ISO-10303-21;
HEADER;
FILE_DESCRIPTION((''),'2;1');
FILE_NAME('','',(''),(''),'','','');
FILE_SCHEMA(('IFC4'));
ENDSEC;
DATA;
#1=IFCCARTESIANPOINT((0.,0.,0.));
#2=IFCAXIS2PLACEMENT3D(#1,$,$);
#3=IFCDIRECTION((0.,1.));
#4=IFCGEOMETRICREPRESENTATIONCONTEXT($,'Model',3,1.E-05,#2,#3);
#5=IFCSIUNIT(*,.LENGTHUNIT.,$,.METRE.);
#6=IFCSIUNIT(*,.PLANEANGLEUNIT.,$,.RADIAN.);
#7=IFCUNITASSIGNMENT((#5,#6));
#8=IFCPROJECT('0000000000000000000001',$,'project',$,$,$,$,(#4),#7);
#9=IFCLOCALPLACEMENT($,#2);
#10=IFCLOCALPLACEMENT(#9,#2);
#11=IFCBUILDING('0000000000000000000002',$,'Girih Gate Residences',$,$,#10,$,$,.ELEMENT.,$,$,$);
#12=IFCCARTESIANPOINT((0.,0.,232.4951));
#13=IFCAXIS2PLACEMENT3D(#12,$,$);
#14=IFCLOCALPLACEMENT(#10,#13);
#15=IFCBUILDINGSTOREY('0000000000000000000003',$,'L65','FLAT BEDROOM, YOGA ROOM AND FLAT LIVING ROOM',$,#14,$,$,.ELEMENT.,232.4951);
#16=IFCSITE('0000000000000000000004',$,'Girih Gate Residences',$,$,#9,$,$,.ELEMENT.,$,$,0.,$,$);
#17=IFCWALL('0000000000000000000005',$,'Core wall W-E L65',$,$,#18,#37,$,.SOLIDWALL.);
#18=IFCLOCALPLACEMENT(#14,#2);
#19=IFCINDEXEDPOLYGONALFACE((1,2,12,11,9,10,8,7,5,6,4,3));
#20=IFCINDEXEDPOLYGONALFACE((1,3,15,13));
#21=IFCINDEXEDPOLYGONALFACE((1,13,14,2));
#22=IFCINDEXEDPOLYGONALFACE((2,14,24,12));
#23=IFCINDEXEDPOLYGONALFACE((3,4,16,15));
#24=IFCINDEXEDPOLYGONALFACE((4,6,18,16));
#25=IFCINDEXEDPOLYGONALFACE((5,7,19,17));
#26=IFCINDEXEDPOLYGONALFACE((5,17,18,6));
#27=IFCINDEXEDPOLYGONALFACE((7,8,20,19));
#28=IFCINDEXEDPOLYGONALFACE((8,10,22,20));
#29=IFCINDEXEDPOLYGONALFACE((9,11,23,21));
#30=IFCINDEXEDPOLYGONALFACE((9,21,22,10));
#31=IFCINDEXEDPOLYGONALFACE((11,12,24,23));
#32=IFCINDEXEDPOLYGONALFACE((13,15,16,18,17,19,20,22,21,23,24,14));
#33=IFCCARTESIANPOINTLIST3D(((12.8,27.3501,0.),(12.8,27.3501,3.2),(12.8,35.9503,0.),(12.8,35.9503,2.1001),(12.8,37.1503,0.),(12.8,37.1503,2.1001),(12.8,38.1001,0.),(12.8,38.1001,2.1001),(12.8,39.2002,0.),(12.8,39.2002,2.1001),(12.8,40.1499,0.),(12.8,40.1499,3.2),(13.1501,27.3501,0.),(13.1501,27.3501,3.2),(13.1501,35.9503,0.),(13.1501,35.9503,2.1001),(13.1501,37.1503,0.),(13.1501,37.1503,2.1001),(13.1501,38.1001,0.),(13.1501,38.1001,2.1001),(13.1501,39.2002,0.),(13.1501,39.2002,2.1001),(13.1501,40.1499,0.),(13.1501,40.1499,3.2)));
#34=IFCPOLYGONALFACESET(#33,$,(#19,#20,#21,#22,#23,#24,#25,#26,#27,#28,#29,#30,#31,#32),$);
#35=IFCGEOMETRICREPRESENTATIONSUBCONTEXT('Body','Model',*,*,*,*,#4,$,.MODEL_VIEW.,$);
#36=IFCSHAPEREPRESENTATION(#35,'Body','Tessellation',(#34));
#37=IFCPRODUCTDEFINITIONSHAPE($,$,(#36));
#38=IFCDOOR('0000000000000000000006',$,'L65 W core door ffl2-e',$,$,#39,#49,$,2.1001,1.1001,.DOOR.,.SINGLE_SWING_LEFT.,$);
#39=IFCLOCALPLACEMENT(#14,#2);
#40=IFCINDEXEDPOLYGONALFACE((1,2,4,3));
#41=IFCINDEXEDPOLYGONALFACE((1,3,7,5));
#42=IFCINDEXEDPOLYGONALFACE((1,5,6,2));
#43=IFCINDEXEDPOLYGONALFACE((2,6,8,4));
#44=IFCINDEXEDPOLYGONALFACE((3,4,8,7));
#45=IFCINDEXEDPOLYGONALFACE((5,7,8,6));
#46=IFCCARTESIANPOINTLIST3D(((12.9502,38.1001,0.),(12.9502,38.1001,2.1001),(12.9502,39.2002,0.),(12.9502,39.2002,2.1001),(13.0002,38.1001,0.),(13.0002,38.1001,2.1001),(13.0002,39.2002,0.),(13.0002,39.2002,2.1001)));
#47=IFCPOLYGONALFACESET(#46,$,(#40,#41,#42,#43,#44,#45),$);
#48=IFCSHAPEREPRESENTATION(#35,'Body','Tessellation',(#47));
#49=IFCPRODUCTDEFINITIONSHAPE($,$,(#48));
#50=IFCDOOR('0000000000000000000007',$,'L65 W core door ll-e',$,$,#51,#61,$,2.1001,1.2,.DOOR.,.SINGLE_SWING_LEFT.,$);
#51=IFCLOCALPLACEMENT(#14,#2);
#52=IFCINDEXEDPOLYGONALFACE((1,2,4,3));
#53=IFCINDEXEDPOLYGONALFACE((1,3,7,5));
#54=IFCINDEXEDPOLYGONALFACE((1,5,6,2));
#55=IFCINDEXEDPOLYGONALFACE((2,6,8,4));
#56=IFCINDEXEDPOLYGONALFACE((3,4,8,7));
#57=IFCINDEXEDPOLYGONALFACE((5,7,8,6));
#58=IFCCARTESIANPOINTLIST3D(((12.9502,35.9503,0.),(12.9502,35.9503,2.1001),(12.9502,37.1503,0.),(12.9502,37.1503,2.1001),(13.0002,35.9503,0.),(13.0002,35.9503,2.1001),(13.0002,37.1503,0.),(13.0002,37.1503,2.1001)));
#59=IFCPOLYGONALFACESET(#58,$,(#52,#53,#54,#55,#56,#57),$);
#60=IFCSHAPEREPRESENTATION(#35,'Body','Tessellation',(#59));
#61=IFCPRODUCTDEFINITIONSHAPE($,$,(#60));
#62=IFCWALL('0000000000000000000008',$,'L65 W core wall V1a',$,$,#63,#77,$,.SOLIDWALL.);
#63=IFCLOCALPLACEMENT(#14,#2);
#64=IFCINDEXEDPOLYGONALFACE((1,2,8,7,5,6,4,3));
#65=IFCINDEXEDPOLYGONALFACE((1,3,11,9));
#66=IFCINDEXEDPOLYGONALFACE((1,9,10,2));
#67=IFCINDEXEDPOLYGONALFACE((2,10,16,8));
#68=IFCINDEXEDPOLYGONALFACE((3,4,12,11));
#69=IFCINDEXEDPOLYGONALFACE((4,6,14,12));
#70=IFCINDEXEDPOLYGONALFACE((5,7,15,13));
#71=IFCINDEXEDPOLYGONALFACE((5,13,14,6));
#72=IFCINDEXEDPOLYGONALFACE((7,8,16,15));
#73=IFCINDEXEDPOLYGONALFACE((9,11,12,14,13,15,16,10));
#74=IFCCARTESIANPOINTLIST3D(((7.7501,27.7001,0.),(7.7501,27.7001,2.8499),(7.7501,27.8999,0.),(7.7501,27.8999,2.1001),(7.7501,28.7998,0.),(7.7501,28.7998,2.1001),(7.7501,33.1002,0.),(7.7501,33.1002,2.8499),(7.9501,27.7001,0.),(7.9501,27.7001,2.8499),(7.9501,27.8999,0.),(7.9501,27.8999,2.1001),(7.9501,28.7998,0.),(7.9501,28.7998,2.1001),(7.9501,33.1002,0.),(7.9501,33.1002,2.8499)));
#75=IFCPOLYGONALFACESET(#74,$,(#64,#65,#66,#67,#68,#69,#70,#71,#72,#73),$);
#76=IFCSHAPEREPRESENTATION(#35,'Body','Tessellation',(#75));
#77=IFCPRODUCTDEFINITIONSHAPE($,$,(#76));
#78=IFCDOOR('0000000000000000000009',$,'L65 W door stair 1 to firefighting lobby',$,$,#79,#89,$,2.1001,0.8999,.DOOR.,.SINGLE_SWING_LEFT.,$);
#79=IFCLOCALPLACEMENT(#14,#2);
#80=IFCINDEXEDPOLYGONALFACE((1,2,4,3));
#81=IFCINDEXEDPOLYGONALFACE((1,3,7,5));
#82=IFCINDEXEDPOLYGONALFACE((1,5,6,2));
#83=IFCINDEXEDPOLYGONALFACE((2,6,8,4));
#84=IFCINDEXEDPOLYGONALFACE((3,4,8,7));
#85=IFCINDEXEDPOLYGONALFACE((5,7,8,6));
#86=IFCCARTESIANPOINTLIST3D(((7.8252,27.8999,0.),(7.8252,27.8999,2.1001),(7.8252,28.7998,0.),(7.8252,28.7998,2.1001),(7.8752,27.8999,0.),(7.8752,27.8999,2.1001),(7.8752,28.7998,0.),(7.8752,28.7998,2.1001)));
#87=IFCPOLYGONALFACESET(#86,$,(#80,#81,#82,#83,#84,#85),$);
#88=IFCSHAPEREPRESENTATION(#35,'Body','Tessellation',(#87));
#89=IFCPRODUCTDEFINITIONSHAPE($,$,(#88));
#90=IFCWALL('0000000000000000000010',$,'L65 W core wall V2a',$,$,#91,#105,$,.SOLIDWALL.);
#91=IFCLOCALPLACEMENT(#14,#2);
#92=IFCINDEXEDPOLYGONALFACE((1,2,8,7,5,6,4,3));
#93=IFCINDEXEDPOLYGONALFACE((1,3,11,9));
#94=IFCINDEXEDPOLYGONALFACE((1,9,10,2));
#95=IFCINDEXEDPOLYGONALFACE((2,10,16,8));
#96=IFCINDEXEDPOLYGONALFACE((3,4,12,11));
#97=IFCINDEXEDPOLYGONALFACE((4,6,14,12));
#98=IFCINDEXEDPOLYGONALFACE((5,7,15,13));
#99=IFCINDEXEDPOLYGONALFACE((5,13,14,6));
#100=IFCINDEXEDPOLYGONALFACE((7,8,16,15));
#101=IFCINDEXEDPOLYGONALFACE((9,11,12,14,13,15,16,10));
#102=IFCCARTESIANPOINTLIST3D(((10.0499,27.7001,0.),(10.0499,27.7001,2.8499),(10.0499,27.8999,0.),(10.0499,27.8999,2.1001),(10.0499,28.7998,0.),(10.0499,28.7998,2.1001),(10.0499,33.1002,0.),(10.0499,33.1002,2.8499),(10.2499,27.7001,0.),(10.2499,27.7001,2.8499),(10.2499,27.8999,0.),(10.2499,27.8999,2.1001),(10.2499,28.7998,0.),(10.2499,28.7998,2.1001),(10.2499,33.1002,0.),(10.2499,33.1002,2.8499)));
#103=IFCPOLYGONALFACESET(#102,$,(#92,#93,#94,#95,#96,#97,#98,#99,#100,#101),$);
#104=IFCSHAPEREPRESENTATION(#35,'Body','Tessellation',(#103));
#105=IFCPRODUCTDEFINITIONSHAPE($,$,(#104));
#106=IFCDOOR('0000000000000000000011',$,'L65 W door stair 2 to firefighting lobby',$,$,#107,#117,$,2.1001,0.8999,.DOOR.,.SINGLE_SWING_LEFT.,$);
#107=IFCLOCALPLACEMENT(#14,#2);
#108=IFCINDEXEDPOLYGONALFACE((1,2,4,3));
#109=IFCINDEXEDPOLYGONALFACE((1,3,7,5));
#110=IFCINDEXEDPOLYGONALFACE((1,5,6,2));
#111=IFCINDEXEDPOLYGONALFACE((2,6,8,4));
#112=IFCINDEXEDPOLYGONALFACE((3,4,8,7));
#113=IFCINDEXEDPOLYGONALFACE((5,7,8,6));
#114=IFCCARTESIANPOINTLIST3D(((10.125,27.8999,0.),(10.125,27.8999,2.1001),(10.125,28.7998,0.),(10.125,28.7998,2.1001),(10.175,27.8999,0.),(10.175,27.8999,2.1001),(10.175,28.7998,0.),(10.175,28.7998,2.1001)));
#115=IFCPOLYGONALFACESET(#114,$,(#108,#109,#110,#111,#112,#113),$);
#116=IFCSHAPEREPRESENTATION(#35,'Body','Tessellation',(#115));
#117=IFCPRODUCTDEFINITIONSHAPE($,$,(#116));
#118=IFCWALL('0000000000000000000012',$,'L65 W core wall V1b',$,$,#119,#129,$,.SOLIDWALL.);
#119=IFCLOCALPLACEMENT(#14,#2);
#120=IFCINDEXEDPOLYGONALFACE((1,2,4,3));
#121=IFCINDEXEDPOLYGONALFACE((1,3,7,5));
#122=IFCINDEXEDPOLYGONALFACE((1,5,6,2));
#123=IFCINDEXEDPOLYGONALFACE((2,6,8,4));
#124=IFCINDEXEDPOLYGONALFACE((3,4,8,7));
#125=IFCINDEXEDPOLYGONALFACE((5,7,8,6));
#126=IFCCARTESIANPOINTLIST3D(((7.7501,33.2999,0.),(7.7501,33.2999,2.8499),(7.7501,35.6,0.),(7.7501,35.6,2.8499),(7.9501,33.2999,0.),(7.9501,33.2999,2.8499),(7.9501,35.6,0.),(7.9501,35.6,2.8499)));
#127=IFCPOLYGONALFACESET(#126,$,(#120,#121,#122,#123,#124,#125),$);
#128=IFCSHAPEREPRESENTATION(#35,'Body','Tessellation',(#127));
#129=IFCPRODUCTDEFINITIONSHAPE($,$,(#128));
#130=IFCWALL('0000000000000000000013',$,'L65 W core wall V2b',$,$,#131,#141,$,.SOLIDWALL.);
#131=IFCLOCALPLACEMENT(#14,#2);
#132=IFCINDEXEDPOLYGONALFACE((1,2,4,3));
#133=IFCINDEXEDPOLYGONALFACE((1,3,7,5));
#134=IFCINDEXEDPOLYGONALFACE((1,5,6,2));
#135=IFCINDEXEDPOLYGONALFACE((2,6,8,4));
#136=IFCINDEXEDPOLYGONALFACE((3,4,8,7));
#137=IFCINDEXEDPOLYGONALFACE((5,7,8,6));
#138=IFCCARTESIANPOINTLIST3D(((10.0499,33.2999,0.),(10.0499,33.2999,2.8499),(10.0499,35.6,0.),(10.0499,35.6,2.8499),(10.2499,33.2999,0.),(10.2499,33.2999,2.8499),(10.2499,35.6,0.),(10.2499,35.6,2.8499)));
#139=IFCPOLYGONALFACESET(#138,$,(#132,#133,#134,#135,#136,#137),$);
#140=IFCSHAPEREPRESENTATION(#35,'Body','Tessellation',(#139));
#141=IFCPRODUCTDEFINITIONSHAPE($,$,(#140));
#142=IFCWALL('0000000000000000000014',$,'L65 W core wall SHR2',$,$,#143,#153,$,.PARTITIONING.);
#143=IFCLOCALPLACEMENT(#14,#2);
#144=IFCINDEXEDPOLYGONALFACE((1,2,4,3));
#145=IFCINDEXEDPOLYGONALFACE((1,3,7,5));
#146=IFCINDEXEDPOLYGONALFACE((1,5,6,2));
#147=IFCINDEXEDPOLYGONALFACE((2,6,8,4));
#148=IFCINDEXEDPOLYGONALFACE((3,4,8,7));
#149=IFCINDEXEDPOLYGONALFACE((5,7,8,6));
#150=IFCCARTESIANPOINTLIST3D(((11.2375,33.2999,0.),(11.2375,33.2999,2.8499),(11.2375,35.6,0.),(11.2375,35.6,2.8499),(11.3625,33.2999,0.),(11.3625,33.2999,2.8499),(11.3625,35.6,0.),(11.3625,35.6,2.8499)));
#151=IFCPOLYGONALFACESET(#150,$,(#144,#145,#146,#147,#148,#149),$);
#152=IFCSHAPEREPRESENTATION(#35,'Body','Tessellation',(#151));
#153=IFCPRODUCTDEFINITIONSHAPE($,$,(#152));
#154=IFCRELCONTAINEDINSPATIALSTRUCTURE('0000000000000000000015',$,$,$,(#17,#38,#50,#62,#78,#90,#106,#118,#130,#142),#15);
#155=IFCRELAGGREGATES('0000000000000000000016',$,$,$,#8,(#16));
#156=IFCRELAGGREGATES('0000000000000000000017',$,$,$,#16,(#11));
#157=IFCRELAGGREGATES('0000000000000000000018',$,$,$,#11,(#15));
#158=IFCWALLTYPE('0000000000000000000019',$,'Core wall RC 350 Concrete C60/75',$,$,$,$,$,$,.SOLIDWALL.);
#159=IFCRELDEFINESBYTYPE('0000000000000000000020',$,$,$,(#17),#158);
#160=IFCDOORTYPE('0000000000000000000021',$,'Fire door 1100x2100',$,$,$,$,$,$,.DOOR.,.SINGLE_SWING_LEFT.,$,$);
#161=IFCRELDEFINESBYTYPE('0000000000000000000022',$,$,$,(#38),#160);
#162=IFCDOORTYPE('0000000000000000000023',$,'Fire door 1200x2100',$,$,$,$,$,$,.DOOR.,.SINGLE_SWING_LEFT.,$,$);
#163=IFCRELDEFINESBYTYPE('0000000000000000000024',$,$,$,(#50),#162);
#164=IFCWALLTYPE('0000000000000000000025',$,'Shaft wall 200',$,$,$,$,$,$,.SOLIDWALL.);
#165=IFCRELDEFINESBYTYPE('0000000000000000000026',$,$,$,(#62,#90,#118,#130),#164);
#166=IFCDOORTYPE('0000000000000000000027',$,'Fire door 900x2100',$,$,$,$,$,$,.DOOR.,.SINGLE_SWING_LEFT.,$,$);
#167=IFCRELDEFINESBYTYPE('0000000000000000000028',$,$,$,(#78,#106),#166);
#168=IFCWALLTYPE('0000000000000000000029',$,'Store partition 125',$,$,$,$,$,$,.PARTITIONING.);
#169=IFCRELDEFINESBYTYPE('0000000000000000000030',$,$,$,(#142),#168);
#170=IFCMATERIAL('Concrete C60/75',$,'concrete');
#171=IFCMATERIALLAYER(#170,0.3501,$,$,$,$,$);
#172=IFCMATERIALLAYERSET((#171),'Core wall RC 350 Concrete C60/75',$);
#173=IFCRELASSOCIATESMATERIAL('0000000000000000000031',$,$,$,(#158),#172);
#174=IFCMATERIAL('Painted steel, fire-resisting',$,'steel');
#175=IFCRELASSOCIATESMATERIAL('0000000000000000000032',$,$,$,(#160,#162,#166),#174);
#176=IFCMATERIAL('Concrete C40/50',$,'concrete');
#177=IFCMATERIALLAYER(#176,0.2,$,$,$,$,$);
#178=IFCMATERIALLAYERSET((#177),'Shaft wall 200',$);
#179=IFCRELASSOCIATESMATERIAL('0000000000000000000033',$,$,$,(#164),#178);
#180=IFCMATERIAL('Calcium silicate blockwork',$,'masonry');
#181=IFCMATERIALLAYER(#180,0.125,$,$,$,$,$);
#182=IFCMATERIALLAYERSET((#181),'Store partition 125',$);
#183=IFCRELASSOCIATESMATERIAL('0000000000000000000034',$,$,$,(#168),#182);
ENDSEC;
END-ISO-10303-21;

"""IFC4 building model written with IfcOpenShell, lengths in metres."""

from ifc_helpers import new_model, si_unit, direction, frame, frame_2d, origin, place, context, subcontext, project, spatial, rectangle, extrude, material, layer, layer_set, type_object, element, fill, save


model = new_model("IFC4")

# Units and contexts
model_context = context("Model", 3, precision=1e-05, world=origin(), true_north=direction((0.0, 1.0)))
body_context = subcontext(model_context, "Body", "Model", "MODEL_VIEW")
ifc_project = project(units=[si_unit("LENGTHUNIT", "METRE"), si_unit("PLANEANGLEUNIT", "RADIAN")], contexts=[model_context])

# Site, building, storey
site_placement = place(None, origin())
site = spatial("IfcSite", under=ifc_project, at=site_placement, Name="Girih Gate Residences", CompositionType="ELEMENT", RefElevation=0.0)
building_placement = place(site_placement, origin())
building = spatial("IfcBuilding", under=site, at=building_placement, Name="Girih Gate Residences", CompositionType="ELEMENT")
storey_placement = place(building_placement, frame((0.0, 0.0, 232.4951)))
storey = spatial("IfcBuildingStorey", under=building, at=storey_placement, Name="L65", Description="FLAT BEDROOM, YOGA ROOM AND FLAT LIVING ROOM", CompositionType="ELEMENT", Elevation=232.4951)

# Wall, openings, doors
ifc_material_1 = material(Name="Concrete C60/75", Category="concrete")
ifc_layer_1 = layer(ifc_material_1, 0.3501)
ifc_layer_set_1 = layer_set([ifc_layer_1], Name="Core wall RC 350 Concrete C60/75")
wall_type_1 = type_object("IfcWallType", Name="Core wall RC 350 Concrete C60/75", PredefinedType="SOLIDWALL", material=ifc_layer_set_1)
wall_1_placement = place(storey_placement, frame((12.9751, 27.3501, 0.0), z_axis=(0.0, 0.0, 1.0), x_axis=(0.0, 1.0, 0.0)))
wall_1 = element("IfcWall", 1, at=wall_1_placement, inside=storey, type_object=wall_type_1, Name="Core wall W-E L65", PredefinedType="SOLIDWALL", context=body_context, shape_type="SweptSolid", body=[
    extrude(rectangle(XDim=12.7998, YDim=0.3501, at=frame_2d((6.3999, 0.0))), origin(), (0.0, 0.0, 1.0), 3.2),
])
opening_1_placement = place(wall_1_placement, frame((10.75, 0.0, 0.0)))
opening_1 = element("IfcOpeningElement", 2, at=opening_1_placement, cuts=wall_1, PredefinedType="OPENING", context=body_context, shape_type="SweptSolid", body=[
    extrude(rectangle(XDim=1.1001, YDim=2.1001, at=frame_2d((0.55, 1.05))), frame((0.0, 0.1851, 0.0), z_axis=(0.0, -1.0, 0.0), x_axis=(1.0, 0.0, 0.0)), (0.0, 0.0, 1.0), 0.3701),
])
opening_2_placement = place(wall_1_placement, frame((8.6001, 0.0, 0.0)))
opening_2 = element("IfcOpeningElement", 3, at=opening_2_placement, cuts=wall_1, PredefinedType="OPENING", context=body_context, shape_type="SweptSolid", body=[
    extrude(rectangle(XDim=1.2, YDim=2.1001, at=frame_2d((0.6001, 1.05))), frame((0.0, 0.1851, 0.0), z_axis=(0.0, -1.0, 0.0), x_axis=(1.0, 0.0, 0.0)), (0.0, 0.0, 1.0), 0.3701),
])
ifc_material_2 = material(Name="Painted steel, fire-resisting", Category="steel")
door_type_1 = type_object("IfcDoorType", Name="Fire door 1100x2100", OperationType="SINGLE_SWING_LEFT", PredefinedType="DOOR", material=ifc_material_2)
door_1_placement = place(opening_1_placement, origin())
door_1 = element("IfcDoor", 4, at=door_1_placement, inside=storey, type_object=door_type_1, Name="L65 W core door ffl2-e", OperationType="SINGLE_SWING_LEFT", OverallHeight=2.1001, OverallWidth=1.1001, PredefinedType="DOOR", context=body_context, shape_type="SweptSolid", body=[
    extrude(rectangle(XDim=1.1001, YDim=2.1001, at=frame_2d((0.55, 1.05))), frame((0.0, 0.0249, 0.0), z_axis=(0.0, -1.0, 0.0), x_axis=(1.0, 0.0, 0.0)), (0.0, 0.0, 1.0), 0.05),
])
fill(opening_1, door_1)
door_type_2 = type_object("IfcDoorType", Name="Fire door 1200x2100", OperationType="SINGLE_SWING_LEFT", PredefinedType="DOOR", material=ifc_material_2)
door_2_placement = place(opening_2_placement, origin())
door_2 = element("IfcDoor", 5, at=door_2_placement, inside=storey, type_object=door_type_2, Name="L65 W core door ll-e", OperationType="SINGLE_SWING_LEFT", OverallHeight=2.1001, OverallWidth=1.2, PredefinedType="DOOR", context=body_context, shape_type="SweptSolid", body=[
    extrude(rectangle(XDim=1.2, YDim=2.1001, at=frame_2d((0.6001, 1.05))), frame((0.0, 0.0249, 0.0), z_axis=(0.0, -1.0, 0.0), x_axis=(1.0, 0.0, 0.0)), (0.0, 0.0, 1.0), 0.05),
])
fill(opening_2, door_2)
ifc_material_3 = material(Name="Concrete C40/50", Category="concrete")
door_type_3 = type_object("IfcDoorType", Name="Fire door 900x2100", OperationType="SINGLE_SWING_LEFT", PredefinedType="DOOR", material=ifc_material_2)

# Walls, openings, doors
ifc_layer_2 = layer(ifc_material_3, 0.2)
ifc_layer_set_2 = layer_set([ifc_layer_2], Name="Shaft wall 200")
wall_type_2 = type_object("IfcWallType", Name="Shaft wall 200", PredefinedType="SOLIDWALL", material=ifc_layer_set_2)
wall_2_placement = place(storey_placement, frame((7.8501, 27.7, 0.0), z_axis=(0.0, 0.0, 1.0), x_axis=(0.0, 1.0, 0.0)))
wall_2 = element("IfcWall", 6, at=wall_2_placement, inside=storey, type_object=wall_type_2, Name="L65 W core wall V1a", PredefinedType="SOLIDWALL", context=body_context, shape_type="SweptSolid", body=[
    extrude(rectangle(XDim=5.4001, YDim=0.2, at=frame_2d((2.7002, 0.0))), origin(), (0.0, 0.0, 1.0), 2.8499),
])
opening_3_placement = place(wall_2_placement, frame((0.2, 0.0, 0.0)))
opening_3 = element("IfcOpeningElement", 7, at=opening_3_placement, cuts=wall_2, PredefinedType="OPENING", context=body_context, shape_type="SweptSolid", body=[
    extrude(rectangle(XDim=0.8999, YDim=2.1001, at=frame_2d((0.45, 1.05))), frame((0.0, 0.1099, 0.0), z_axis=(0.0, -1.0, 0.0), x_axis=(1.0, 0.0, 0.0)), (0.0, 0.0, 1.0), 0.22),
])
door_3_placement = place(opening_3_placement, origin())
door_3 = element("IfcDoor", 8, at=door_3_placement, inside=storey, type_object=door_type_3, Name="L65 W door stair 1 to firefighting lobby", OperationType="SINGLE_SWING_LEFT", OverallHeight=2.1001, OverallWidth=0.8999, PredefinedType="DOOR", context=body_context, shape_type="SweptSolid", body=[
    extrude(rectangle(XDim=0.8999, YDim=2.1001, at=frame_2d((0.45, 1.05))), frame((0.0, 0.0249, 0.0), z_axis=(0.0, -1.0, 0.0), x_axis=(1.0, 0.0, 0.0)), (0.0, 0.0, 1.0), 0.05),
])
fill(opening_3, door_3)
wall_3_placement = place(storey_placement, frame((10.1499, 27.7, 0.0), z_axis=(0.0, 0.0, 1.0), x_axis=(0.0, 1.0, 0.0)))
wall_3 = element("IfcWall", 9, at=wall_3_placement, inside=storey, type_object=wall_type_2, Name="L65 W core wall V2a", PredefinedType="SOLIDWALL", context=body_context, shape_type="SweptSolid", body=[
    extrude(rectangle(XDim=5.4001, YDim=0.2, at=frame_2d((2.7002, 0.0))), origin(), (0.0, 0.0, 1.0), 2.8499),
])
opening_4_placement = place(wall_3_placement, frame((0.2, 0.0, 0.0)))
opening_4 = element("IfcOpeningElement", 10, at=opening_4_placement, cuts=wall_3, PredefinedType="OPENING", context=body_context, shape_type="SweptSolid", body=[
    extrude(rectangle(XDim=0.8999, YDim=2.1001, at=frame_2d((0.45, 1.05))), frame((0.0, 0.1099, 0.0), z_axis=(0.0, -1.0, 0.0), x_axis=(1.0, 0.0, 0.0)), (0.0, 0.0, 1.0), 0.22),
])
door_4_placement = place(opening_4_placement, origin())
door_4 = element("IfcDoor", 11, at=door_4_placement, inside=storey, type_object=door_type_3, Name="L65 W door stair 2 to firefighting lobby", OperationType="SINGLE_SWING_LEFT", OverallHeight=2.1001, OverallWidth=0.8999, PredefinedType="DOOR", context=body_context, shape_type="SweptSolid", body=[
    extrude(rectangle(XDim=0.8999, YDim=2.1001, at=frame_2d((0.45, 1.05))), frame((0.0, 0.0249, 0.0), z_axis=(0.0, -1.0, 0.0), x_axis=(1.0, 0.0, 0.0)), (0.0, 0.0, 1.0), 0.05),
])
fill(opening_4, door_4)

# Walls
for number, where, z_axis, x_axis, name in (
    (12, (7.8501, 33.3, 0.0), (0.0, 0.0, 1.0), (0.0, 1.0, 0.0), "L65 W core wall V1b"),
    (13, (10.1499, 33.3, 0.0), (0.0, 0.0, 1.0), (0.0, 1.0, 0.0), "L65 W core wall V2b"),
):
    element("IfcWall", number, at=place(storey_placement, frame(where, z_axis=z_axis, x_axis=x_axis)), inside=storey, type_object=wall_type_2, Name=name, PredefinedType="SOLIDWALL", context=body_context, shape_type="SweptSolid", body=[
        extrude(rectangle(XDim=2.3, YDim=0.2, at=frame_2d((1.1499, 0.0))), origin(), (0.0, 0.0, 1.0), 2.8499),
    ])
ifc_material_4 = material(Name="Calcium silicate blockwork", Category="masonry")
ifc_layer_3 = layer(ifc_material_4, 0.125)
ifc_layer_set_3 = layer_set([ifc_layer_3], Name="Store partition 125")
wall_type_3 = type_object("IfcWallType", Name="Store partition 125", PredefinedType="PARTITIONING", material=ifc_layer_set_3)
wall_4_placement = place(storey_placement, frame((11.3, 33.3, 0.0), z_axis=(0.0, 0.0, 1.0), x_axis=(0.0, 1.0, 0.0)))
element("IfcWall", 14, at=wall_4_placement, inside=storey, type_object=wall_type_3, Name="L65 W core wall SHR2", PredefinedType="PARTITIONING", context=body_context, shape_type="SweptSolid", body=[
    extrude(rectangle(XDim=2.3, YDim=0.125, at=frame_2d((1.1499, 0.0))), origin(), (0.0, 0.0, 1.0), 2.8499),
])

save(model, "model.ifc")
